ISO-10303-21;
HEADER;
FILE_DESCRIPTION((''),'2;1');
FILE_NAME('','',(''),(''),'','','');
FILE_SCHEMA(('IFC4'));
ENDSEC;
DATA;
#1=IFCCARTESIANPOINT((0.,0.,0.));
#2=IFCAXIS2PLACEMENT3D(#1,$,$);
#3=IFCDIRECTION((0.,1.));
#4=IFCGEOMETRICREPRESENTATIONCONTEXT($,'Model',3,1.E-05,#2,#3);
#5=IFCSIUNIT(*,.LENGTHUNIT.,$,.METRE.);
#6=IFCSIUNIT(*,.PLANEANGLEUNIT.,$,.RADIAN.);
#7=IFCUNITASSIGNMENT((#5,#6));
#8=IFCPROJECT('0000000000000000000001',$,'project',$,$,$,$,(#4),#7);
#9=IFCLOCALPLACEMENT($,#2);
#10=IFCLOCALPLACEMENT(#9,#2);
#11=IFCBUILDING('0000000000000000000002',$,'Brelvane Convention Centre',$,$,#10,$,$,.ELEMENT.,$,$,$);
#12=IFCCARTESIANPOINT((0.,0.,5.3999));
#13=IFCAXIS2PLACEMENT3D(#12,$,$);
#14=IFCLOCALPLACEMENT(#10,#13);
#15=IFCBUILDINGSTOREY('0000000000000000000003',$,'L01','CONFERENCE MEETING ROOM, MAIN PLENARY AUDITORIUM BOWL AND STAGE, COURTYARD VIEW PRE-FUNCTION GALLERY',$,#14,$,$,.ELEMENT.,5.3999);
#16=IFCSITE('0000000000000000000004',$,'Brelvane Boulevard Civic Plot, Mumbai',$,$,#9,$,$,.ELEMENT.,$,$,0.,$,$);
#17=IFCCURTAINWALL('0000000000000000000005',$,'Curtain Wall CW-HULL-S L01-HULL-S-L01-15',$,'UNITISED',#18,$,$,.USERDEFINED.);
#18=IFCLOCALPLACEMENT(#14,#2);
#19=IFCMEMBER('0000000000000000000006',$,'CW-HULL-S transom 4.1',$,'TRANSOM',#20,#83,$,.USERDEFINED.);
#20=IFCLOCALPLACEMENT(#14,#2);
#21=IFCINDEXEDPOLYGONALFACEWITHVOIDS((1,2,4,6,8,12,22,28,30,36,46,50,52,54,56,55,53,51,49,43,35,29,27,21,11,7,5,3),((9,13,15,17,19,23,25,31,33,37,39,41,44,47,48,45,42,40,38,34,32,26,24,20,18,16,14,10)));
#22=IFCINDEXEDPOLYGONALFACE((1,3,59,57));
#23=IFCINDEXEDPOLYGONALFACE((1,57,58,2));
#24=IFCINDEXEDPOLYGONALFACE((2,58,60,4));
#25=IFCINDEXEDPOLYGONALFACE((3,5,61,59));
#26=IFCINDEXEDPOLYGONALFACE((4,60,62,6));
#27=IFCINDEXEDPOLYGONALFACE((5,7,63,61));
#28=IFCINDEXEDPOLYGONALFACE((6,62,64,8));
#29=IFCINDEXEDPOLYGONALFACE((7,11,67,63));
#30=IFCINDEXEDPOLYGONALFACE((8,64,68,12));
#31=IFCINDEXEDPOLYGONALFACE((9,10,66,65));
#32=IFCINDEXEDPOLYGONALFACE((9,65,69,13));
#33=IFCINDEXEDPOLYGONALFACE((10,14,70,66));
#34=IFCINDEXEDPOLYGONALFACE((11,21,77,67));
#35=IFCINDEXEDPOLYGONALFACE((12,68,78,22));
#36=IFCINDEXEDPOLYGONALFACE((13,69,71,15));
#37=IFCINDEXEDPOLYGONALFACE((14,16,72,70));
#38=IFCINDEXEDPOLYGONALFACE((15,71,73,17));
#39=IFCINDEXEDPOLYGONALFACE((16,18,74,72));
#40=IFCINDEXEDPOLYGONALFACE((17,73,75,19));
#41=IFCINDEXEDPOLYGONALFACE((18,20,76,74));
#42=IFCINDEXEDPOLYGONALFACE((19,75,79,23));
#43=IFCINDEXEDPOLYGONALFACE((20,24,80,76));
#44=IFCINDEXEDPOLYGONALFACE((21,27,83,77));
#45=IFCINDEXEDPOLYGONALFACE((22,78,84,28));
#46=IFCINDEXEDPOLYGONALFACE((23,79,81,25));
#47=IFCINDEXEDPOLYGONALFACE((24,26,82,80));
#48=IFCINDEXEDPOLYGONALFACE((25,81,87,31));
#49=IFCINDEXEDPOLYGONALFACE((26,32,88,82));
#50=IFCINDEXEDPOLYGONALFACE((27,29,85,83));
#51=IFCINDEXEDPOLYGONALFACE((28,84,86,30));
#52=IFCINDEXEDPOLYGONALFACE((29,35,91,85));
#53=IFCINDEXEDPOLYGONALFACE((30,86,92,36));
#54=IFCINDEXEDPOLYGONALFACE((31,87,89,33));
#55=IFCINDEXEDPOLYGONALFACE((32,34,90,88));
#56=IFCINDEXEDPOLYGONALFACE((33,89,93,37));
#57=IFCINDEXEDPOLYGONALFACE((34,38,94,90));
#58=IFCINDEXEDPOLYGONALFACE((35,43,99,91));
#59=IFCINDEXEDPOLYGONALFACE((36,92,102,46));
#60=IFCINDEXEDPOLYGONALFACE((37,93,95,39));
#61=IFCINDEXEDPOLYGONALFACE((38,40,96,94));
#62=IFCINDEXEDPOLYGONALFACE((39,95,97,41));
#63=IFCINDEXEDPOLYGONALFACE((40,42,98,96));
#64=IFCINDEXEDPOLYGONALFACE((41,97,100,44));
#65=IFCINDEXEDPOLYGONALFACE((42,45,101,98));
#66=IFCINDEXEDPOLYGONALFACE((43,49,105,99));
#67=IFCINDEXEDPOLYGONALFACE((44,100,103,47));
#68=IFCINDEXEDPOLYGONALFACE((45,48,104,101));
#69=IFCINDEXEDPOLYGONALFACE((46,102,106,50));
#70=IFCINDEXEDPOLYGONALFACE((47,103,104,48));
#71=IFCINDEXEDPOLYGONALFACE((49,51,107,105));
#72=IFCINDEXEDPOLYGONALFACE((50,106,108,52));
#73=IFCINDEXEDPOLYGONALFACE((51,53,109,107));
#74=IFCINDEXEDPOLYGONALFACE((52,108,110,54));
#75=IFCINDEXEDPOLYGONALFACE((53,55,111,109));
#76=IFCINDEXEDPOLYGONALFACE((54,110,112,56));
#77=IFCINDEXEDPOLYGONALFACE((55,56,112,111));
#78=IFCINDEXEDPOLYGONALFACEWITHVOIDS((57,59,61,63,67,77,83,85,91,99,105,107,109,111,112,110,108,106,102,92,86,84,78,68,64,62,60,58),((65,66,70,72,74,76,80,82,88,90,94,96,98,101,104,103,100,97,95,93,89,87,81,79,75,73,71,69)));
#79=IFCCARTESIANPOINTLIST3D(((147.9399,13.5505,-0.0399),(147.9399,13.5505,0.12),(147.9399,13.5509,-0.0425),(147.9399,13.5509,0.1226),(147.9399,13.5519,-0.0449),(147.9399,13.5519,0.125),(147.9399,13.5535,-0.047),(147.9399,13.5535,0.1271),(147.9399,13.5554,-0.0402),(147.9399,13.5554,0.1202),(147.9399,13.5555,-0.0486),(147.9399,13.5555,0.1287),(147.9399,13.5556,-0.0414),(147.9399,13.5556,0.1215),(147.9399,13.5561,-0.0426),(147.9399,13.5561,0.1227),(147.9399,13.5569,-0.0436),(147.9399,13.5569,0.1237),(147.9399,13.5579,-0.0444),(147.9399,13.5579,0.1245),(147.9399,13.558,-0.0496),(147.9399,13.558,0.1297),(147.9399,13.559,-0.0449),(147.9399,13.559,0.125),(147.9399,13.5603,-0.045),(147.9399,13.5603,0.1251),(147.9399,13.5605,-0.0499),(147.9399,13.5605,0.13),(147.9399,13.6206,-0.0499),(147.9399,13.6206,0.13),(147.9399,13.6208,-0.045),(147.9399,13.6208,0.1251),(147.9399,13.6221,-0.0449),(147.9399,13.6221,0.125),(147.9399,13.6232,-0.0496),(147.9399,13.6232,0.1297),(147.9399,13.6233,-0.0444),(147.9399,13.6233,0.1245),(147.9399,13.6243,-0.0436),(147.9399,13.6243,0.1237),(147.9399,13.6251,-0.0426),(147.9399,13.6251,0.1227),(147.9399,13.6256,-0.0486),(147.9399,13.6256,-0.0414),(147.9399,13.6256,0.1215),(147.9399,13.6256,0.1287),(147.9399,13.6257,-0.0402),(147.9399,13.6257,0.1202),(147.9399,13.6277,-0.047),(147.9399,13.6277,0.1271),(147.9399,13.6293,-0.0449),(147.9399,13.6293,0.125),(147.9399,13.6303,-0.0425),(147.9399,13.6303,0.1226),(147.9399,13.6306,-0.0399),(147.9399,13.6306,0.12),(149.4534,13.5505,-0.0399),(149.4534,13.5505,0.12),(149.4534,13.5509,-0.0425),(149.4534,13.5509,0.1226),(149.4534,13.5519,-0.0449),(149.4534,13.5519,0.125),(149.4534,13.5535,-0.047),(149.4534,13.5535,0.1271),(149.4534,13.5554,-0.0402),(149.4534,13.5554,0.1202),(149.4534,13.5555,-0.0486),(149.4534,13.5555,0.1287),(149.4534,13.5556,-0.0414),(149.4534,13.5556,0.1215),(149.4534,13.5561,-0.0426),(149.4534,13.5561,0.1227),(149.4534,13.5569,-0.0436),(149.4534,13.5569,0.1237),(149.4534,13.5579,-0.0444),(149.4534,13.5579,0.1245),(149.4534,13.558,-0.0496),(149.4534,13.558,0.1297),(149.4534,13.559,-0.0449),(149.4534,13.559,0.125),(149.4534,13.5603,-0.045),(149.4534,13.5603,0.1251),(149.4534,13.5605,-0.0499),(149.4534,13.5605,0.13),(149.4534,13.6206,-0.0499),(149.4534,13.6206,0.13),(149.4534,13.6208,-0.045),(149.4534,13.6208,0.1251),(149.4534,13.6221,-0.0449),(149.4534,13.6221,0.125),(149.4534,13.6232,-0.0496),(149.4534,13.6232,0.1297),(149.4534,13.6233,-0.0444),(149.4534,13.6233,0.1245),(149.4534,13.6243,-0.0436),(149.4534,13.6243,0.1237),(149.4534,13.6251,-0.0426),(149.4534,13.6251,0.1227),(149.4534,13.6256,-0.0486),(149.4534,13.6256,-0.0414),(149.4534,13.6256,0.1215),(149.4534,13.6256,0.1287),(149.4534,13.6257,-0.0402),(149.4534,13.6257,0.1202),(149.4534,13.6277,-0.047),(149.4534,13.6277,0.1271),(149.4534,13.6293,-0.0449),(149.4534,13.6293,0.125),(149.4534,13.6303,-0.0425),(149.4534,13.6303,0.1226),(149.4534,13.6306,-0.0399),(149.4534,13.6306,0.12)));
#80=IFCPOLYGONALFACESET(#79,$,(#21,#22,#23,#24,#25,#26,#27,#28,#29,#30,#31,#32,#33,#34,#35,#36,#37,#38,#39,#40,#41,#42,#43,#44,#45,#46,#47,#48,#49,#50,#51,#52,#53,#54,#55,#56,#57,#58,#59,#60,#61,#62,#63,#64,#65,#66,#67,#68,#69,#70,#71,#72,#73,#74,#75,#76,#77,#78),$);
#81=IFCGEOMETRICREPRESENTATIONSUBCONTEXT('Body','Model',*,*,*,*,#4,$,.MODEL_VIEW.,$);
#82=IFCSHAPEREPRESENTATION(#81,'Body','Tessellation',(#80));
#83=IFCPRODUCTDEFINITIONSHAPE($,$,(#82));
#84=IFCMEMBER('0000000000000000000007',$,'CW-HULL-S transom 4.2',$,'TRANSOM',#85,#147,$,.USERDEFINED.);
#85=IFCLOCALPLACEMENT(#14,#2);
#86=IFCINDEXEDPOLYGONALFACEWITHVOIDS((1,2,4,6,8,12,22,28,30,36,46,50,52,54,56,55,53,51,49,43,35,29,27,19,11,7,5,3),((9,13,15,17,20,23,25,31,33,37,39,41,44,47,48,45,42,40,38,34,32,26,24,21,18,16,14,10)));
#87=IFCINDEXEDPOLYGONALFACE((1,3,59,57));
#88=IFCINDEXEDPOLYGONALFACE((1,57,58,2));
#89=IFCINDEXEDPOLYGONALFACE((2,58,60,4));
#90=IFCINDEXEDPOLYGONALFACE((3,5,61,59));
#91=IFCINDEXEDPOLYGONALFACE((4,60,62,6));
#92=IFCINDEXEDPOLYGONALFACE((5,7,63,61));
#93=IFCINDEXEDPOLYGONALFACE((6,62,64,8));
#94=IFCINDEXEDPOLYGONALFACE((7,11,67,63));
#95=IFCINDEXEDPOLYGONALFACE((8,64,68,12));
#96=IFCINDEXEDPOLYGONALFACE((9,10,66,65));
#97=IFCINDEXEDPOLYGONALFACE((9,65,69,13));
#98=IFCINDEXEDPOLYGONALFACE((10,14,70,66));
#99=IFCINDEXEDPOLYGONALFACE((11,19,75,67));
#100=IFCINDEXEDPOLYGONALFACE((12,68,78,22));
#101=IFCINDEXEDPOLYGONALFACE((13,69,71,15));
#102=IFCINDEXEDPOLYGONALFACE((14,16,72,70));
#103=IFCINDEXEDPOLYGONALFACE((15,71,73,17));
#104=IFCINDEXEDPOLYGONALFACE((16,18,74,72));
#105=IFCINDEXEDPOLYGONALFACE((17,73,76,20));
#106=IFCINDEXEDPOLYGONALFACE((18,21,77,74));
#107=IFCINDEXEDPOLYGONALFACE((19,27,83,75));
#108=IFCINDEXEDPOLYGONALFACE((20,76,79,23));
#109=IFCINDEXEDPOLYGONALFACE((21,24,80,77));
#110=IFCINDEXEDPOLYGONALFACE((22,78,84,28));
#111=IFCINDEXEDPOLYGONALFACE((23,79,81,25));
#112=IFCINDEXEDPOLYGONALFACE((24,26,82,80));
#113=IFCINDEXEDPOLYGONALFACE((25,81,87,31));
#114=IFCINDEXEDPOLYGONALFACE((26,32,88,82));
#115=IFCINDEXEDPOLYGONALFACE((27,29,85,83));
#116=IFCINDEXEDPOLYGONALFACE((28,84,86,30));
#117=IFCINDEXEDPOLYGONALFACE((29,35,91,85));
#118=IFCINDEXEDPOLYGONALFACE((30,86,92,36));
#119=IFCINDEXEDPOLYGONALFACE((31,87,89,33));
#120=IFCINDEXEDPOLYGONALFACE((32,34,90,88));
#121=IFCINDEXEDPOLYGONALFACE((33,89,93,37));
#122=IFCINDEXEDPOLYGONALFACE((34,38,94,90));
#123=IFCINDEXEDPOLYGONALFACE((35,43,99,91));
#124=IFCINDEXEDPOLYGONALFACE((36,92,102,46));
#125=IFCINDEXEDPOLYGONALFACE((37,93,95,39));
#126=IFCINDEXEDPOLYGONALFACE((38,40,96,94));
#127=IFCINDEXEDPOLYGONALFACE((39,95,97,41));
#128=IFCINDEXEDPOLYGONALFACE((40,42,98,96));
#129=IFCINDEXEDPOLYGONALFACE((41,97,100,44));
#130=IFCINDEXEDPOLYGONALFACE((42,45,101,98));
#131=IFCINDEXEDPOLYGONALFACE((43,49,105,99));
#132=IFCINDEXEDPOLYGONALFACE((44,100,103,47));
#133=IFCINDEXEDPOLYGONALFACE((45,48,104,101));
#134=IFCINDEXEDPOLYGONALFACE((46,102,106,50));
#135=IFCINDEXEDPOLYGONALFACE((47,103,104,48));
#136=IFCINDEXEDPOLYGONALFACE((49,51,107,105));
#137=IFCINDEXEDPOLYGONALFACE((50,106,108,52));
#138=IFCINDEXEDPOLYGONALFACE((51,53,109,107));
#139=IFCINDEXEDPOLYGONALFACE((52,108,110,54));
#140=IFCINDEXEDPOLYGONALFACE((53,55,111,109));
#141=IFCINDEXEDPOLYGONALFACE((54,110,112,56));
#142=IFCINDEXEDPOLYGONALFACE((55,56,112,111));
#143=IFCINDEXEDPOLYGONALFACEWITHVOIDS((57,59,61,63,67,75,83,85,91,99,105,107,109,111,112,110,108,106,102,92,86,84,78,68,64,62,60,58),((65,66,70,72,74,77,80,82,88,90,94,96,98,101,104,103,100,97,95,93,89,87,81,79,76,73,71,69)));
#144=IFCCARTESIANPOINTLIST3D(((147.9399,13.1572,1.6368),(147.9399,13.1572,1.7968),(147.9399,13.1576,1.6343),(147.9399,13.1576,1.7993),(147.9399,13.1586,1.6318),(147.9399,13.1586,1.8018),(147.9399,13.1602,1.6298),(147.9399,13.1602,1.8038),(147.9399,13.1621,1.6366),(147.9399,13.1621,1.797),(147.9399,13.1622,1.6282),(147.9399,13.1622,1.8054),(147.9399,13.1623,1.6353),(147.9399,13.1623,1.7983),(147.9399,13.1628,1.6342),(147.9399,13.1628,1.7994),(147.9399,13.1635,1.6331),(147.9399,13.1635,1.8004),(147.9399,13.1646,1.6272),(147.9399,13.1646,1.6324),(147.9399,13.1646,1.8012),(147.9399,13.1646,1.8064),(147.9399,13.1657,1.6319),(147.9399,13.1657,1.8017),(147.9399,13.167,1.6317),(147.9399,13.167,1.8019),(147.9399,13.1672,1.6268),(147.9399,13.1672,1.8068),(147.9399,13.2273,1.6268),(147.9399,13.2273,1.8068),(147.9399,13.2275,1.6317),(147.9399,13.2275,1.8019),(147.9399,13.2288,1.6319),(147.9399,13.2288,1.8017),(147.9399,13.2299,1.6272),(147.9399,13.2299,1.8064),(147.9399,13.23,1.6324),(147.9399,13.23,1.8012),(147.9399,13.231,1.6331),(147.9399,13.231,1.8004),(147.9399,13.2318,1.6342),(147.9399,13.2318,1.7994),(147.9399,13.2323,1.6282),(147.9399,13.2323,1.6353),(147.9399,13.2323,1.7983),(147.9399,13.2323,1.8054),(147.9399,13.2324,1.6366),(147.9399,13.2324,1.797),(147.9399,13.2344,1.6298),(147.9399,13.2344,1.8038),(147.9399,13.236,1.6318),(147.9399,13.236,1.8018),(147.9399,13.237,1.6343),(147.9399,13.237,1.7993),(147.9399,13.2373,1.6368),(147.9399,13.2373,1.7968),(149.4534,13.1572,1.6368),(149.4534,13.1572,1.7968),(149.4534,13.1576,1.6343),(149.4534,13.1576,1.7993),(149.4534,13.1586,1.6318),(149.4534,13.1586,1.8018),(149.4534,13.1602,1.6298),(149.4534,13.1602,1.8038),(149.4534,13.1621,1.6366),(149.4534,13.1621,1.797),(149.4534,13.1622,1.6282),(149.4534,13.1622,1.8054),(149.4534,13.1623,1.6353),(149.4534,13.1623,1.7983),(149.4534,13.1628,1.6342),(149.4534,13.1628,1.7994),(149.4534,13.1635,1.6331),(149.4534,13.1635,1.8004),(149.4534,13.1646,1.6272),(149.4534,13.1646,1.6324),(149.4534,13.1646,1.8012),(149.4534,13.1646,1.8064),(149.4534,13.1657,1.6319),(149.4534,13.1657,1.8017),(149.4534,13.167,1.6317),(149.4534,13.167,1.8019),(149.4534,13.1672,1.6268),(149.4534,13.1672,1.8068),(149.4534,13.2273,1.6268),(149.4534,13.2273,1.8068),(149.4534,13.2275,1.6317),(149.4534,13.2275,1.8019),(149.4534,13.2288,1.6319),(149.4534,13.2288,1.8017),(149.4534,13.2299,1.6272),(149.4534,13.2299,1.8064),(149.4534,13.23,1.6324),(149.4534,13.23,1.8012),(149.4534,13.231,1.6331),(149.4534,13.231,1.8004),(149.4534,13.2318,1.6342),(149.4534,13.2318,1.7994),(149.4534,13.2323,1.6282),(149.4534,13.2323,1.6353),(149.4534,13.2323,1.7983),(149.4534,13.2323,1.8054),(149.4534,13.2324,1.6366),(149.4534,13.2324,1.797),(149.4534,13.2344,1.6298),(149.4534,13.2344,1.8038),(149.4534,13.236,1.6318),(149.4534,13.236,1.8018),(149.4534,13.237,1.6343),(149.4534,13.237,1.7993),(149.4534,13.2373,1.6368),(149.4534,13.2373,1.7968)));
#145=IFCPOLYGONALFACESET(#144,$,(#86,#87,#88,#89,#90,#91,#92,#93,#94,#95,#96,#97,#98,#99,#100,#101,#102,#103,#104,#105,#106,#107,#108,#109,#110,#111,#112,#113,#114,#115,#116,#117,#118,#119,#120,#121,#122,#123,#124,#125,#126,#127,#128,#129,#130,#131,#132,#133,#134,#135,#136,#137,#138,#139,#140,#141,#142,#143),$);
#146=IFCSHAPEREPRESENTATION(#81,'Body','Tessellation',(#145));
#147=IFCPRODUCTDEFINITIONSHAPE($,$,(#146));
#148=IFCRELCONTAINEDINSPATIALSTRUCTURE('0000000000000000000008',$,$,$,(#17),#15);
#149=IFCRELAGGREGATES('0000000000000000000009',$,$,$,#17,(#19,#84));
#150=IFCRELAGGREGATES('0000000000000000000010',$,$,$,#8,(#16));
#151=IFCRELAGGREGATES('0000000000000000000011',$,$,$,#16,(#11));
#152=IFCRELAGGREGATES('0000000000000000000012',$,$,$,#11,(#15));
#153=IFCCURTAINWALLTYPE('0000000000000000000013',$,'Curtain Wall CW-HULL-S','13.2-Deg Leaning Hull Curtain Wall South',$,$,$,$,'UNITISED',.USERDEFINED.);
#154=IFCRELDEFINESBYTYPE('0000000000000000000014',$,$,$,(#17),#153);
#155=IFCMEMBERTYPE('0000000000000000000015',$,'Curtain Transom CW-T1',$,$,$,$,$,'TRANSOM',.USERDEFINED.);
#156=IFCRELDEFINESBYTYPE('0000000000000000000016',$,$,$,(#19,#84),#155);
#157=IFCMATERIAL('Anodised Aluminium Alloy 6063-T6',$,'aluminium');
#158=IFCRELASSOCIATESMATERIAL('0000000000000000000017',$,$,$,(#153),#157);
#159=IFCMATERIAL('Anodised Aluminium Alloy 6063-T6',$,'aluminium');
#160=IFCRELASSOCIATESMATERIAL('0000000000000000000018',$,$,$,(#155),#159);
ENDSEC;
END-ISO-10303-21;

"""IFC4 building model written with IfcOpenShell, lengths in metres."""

from ifc_helpers import new_model, si_unit, direction, frame, origin, origin_2d, place, context, subcontext, project, spatial, hollow_rectangle, extrude, material, material_profile, profile_set, type_object, element, aggregate, save


model = new_model("IFC4")

# Units and contexts
model_context = context("Model", 3, precision=1e-05, world=origin(), true_north=direction((0.0, 1.0)))
body_context = subcontext(model_context, "Body", "Model", "MODEL_VIEW")
ifc_project = project(units=[si_unit("LENGTHUNIT", "METRE"), si_unit("PLANEANGLEUNIT", "RADIAN")], contexts=[model_context])

# Site, building, storey
site_placement = place(None, origin())
site = spatial("IfcSite", under=ifc_project, at=site_placement, Name="Brelvane Boulevard Civic Plot, Mumbai", CompositionType="ELEMENT", RefElevation=0.0)
building_placement = place(site_placement, origin())
building = spatial("IfcBuilding", under=site, at=building_placement, Name="Brelvane Convention Centre", CompositionType="ELEMENT")
storey_placement = place(building_placement, frame((0.0, 0.0, 5.3999)))
storey = spatial("IfcBuildingStorey", under=building, at=storey_placement, Name="L01", Description="CONFERENCE MEETING ROOM, MAIN PLENARY AUDITORIUM BOWL AND STAGE, COURTYARD VIEW PRE-FUNCTION GALLERY", CompositionType="ELEMENT", Elevation=5.3999)

# Curtain wall, members
ifc_material_1 = material(Name="Anodised Aluminium Alloy 6063-T6", Category="aluminium")
curtain_wall_type = type_object("IfcCurtainWallType", Name="Curtain Wall CW-HULL-S", Description="13.2-Deg Leaning Hull Curtain Wall South", ElementType="UNITISED", PredefinedType="USERDEFINED", material=ifc_material_1)
curtain_wall_placement = place(storey_placement, origin())
curtain_wall = element("IfcCurtainWall", 1, at=curtain_wall_placement, inside=storey, type_object=curtain_wall_type, Name="Curtain Wall CW-HULL-S L01-HULL-S-L01-15", ObjectType="UNITISED", PredefinedType="USERDEFINED")
ifc_material_2 = material(Name="Anodised Aluminium Alloy 6063-T6", Category="aluminium")
ifc_material_profile = material_profile(ifc_material_2, hollow_rectangle(XDim=0.0801, YDim=0.1799, WallThickness=0.0049, InnerFilletRadius=0.0049, OuterFilletRadius=0.01, at=origin_2d()), Name="ALU-T 180x80x5.0")
ifc_profile_set = profile_set([ifc_material_profile], Name="Anodised Aluminium Alloy 6063-T6")
member_type = type_object("IfcMemberType", Name="Curtain Transom CW-T1", ElementType="TRANSOM", PredefinedType="USERDEFINED", material=ifc_profile_set)
member_1_placement = place(storey_placement, frame((147.9399, 13.5906, 0.04), z_axis=(1.0, 0.0, 0.0), x_axis=(0.0, 1.0, 0.0)))
member_1 = element("IfcMember", 2, at=member_1_placement, type_object=member_type, Name="CW-HULL-S transom 4.1", ObjectType="TRANSOM", PredefinedType="USERDEFINED", context=body_context, shape_type="SweptSolid", body=[
    extrude(hollow_rectangle(XDim=0.0801, YDim=0.1799, WallThickness=0.0049, InnerFilletRadius=0.0049, OuterFilletRadius=0.01, at=origin_2d()), origin(), (0.0, 0.0, 1.0), 1.5134),
])
member_2_placement = place(storey_placement, frame((147.9399, 13.1973, 1.7168), z_axis=(1.0, 0.0, 0.0), x_axis=(0.0, 1.0, 0.0)))
member_2 = element("IfcMember", 3, at=member_2_placement, type_object=member_type, Name="CW-HULL-S transom 4.2", ObjectType="TRANSOM", PredefinedType="USERDEFINED", context=body_context, shape_type="SweptSolid", body=[
    extrude(hollow_rectangle(XDim=0.0801, YDim=0.1799, WallThickness=0.0049, InnerFilletRadius=0.0049, OuterFilletRadius=0.01, at=origin_2d()), origin(), (0.0, 0.0, 1.0), 1.5134),
])
aggregate(curtain_wall, [member_1, member_2])

save(model, "model.ifc")
